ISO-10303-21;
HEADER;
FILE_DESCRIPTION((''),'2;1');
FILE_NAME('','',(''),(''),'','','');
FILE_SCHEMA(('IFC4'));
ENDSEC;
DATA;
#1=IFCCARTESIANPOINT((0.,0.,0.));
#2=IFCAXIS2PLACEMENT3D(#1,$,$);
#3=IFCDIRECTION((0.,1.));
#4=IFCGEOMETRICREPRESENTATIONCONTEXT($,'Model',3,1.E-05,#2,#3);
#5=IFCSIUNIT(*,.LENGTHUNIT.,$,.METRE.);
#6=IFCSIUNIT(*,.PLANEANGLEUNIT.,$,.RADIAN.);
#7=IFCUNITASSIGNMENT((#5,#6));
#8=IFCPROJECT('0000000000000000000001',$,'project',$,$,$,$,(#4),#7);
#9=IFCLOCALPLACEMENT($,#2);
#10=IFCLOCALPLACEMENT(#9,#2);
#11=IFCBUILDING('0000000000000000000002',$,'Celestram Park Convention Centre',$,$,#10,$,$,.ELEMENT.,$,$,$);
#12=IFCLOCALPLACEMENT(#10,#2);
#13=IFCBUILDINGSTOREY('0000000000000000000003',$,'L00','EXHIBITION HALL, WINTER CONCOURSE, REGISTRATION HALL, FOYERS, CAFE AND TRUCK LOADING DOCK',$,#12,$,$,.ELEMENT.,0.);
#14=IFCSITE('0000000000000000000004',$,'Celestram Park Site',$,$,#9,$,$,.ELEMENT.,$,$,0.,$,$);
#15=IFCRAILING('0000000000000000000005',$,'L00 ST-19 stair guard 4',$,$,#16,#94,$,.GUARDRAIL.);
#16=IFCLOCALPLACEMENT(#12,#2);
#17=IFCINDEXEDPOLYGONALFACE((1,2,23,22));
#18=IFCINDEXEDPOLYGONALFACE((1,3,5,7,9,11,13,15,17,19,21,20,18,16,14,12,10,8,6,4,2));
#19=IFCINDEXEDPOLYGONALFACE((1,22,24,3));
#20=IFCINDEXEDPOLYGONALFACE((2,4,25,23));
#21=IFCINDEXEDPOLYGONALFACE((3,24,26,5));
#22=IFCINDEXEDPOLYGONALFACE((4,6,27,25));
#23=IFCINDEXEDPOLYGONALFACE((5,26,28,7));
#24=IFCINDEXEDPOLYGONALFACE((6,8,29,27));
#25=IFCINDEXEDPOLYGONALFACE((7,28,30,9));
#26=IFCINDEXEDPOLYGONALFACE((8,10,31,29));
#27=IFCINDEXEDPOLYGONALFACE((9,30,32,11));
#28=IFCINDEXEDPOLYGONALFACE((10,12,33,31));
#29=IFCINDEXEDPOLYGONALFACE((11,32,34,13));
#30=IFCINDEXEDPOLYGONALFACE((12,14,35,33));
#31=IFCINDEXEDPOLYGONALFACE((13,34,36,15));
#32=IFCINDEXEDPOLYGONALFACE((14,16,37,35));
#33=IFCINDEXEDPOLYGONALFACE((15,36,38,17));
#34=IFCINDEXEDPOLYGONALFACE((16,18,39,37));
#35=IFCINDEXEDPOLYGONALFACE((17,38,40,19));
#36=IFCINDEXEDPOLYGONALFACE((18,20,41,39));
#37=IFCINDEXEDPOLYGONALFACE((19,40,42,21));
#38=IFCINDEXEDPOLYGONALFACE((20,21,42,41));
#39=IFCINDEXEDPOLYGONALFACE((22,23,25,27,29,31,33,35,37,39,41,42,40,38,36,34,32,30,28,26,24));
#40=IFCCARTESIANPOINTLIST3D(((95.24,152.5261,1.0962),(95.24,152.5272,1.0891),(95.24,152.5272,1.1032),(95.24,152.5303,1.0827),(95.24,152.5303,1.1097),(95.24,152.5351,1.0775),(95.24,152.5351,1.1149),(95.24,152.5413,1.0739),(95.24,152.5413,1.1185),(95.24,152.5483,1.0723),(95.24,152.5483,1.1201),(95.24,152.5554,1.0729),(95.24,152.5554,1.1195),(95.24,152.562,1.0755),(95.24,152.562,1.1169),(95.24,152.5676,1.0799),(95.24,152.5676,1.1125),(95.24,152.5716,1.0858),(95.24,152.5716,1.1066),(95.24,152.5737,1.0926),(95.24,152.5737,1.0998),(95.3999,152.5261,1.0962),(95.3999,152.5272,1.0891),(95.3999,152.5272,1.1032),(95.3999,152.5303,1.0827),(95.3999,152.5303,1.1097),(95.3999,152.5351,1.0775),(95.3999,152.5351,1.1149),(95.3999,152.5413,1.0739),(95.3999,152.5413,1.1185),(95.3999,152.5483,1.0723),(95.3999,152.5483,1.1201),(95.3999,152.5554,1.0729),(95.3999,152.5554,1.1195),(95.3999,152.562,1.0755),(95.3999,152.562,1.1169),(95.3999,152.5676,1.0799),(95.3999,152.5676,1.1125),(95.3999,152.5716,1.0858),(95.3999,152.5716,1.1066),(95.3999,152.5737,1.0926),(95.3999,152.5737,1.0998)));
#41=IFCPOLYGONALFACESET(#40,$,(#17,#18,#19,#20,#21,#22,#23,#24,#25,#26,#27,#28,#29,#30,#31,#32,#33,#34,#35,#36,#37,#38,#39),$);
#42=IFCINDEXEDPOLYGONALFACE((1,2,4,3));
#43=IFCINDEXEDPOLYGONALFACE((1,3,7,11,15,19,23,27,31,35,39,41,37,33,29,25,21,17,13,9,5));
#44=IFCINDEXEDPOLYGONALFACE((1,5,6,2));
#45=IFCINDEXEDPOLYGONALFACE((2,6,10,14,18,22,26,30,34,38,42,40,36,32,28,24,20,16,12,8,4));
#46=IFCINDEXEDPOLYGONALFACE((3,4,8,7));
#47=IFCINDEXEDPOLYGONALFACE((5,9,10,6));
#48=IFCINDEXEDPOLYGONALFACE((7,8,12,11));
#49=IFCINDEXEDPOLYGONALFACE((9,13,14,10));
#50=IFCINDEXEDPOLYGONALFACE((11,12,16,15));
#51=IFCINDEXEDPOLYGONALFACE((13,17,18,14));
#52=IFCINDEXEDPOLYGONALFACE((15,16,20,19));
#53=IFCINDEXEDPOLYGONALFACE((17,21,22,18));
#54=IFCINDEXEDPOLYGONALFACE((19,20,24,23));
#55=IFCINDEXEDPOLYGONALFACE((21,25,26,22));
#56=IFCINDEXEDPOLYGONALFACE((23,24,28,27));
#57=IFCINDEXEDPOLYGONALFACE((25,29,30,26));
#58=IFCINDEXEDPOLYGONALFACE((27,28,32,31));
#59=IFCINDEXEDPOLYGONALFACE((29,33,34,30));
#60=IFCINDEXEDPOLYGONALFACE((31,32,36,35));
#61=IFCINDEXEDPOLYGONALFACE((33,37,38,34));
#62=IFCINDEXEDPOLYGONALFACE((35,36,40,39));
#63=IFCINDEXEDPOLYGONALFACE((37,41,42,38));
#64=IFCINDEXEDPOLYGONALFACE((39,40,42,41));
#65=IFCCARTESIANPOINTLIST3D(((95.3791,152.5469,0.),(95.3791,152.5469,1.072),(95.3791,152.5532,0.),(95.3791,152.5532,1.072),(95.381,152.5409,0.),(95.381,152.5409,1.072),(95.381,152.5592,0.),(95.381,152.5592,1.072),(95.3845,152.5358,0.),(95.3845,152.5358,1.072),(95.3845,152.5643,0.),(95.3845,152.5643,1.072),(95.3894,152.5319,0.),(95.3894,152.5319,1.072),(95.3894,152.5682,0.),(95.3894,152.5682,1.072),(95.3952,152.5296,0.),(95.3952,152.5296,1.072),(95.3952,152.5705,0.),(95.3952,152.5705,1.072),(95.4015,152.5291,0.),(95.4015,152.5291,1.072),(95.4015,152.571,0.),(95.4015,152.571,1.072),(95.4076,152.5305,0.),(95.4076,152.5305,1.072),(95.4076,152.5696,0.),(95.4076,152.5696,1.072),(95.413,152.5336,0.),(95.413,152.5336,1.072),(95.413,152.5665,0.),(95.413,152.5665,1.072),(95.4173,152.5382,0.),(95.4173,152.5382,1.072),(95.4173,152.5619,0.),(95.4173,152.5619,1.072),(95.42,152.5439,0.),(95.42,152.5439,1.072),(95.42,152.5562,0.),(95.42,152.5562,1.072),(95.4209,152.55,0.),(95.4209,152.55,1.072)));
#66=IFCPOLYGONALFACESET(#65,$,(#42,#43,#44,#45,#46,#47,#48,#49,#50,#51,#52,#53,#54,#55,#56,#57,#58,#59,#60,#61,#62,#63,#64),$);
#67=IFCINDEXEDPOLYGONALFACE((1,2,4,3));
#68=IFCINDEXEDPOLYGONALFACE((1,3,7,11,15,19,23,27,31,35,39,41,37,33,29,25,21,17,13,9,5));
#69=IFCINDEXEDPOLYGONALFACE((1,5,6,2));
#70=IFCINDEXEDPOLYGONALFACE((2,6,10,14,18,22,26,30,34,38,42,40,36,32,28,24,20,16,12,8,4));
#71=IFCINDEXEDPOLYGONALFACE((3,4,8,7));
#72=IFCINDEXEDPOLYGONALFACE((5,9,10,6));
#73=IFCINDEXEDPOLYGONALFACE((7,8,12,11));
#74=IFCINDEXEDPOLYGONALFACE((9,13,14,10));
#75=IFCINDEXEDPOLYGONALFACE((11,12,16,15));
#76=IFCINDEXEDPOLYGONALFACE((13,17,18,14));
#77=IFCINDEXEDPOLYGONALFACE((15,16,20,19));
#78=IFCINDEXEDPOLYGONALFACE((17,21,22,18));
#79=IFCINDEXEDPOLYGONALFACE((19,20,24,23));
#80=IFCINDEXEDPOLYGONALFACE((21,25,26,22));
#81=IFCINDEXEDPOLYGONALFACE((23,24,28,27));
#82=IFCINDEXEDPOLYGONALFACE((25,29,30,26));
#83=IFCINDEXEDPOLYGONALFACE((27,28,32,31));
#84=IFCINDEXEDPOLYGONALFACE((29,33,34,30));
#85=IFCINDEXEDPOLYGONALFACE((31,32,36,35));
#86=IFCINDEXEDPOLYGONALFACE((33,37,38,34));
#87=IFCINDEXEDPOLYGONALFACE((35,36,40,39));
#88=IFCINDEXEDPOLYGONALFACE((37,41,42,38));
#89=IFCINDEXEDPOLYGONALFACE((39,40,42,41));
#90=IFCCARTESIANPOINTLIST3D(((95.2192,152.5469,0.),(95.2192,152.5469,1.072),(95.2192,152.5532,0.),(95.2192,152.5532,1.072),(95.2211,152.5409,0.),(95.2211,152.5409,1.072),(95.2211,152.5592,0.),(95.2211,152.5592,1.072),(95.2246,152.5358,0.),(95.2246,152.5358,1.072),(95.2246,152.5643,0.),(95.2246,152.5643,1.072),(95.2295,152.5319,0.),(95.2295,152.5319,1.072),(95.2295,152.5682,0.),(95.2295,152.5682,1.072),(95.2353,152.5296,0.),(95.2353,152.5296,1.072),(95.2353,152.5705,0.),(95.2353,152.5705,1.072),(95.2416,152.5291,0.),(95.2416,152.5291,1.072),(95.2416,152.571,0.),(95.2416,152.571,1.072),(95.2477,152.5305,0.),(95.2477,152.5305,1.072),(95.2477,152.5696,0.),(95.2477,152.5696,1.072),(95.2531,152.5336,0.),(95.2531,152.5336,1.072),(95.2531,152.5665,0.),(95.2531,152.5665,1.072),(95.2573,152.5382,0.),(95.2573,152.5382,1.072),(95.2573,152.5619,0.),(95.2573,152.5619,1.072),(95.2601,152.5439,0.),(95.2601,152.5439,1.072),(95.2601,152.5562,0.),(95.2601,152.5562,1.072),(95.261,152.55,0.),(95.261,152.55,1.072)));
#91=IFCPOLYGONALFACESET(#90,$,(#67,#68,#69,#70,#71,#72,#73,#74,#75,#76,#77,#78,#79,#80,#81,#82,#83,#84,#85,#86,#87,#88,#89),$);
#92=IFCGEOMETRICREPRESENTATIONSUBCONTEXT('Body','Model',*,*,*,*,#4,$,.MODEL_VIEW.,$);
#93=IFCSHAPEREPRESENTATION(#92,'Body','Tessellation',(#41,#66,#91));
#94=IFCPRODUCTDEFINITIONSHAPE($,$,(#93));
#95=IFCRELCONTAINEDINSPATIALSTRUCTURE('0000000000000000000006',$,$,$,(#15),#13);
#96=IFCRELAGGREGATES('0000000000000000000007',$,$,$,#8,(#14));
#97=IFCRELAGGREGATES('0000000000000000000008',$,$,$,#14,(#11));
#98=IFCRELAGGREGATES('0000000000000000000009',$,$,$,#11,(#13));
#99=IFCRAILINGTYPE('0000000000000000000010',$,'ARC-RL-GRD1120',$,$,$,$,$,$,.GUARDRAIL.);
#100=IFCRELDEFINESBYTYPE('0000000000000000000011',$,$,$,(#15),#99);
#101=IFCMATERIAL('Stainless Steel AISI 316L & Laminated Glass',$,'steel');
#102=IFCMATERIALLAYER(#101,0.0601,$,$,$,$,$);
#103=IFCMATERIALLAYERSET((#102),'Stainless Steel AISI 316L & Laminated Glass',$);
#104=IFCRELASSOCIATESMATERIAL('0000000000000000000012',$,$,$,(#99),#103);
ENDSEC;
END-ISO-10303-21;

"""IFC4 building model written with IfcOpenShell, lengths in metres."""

from ifc_helpers import new_model, si_unit, direction, frame, origin, origin_2d, place, context, subcontext, project, spatial, circle, extrude, material, layer, layer_set, type_object, element, save


model = new_model("IFC4")

# Units and contexts
model_context = context("Model", 3, precision=1e-05, world=origin(), true_north=direction((0.0, 1.0)))
body_context = subcontext(model_context, "Body", "Model", "MODEL_VIEW")
ifc_project = project(units=[si_unit("LENGTHUNIT", "METRE"), si_unit("PLANEANGLEUNIT", "RADIAN")], contexts=[model_context])

# Site, building, storey
site_placement = place(None, origin())
site = spatial("IfcSite", under=ifc_project, at=site_placement, Name="Celestram Park Site", CompositionType="ELEMENT", RefElevation=0.0)
building_placement = place(site_placement, origin())
building = spatial("IfcBuilding", under=site, at=building_placement, Name="Celestram Park Convention Centre", CompositionType="ELEMENT")
storey_placement = place(building_placement, origin())
storey = spatial("IfcBuildingStorey", under=building, at=storey_placement, Name="L00", Description="EXHIBITION HALL, WINTER CONCOURSE, REGISTRATION HALL, FOYERS, CAFE AND TRUCK LOADING DOCK", CompositionType="ELEMENT", Elevation=0.0)

# Railing
ifc_material_1 = material(Name="Stainless Steel AISI 316L & Laminated Glass", Category="steel")
ifc_layer_1 = layer(ifc_material_1, 0.0601)
ifc_layer_set_1 = layer_set([ifc_layer_1], Name="Stainless Steel AISI 316L & Laminated Glass")
railing_type_1 = type_object("IfcRailingType", Name="ARC-RL-GRD1120", PredefinedType="GUARDRAIL", material=ifc_layer_set_1)
railing_1_placement = place(storey_placement, frame((95.3999, 152.55, 0.0)))
element("IfcRailing", 1, at=railing_1_placement, inside=storey, type_object=railing_type_1, Name="L00 ST-19 stair guard 4", PredefinedType="GUARDRAIL", context=body_context, shape_type="SweptSolid", body=[
    extrude(circle(Radius=0.0239, at=origin_2d()), frame((0.0, 0.0, 1.0962), z_axis=(-1.0, 0.0, 0.0), x_axis=(0.0, -1.0, 0.0)), (0.0, 0.0, 1.0), 0.1599),
    extrude(circle(Radius=0.021, at=origin_2d()), origin(), (0.0, 0.0, 1.0), 1.072),
    extrude(circle(Radius=0.021, at=origin_2d()), frame((-0.1599, 0.0, 0.0)), (0.0, 0.0, 1.0), 1.072),
])

save(model, "model.ifc")
